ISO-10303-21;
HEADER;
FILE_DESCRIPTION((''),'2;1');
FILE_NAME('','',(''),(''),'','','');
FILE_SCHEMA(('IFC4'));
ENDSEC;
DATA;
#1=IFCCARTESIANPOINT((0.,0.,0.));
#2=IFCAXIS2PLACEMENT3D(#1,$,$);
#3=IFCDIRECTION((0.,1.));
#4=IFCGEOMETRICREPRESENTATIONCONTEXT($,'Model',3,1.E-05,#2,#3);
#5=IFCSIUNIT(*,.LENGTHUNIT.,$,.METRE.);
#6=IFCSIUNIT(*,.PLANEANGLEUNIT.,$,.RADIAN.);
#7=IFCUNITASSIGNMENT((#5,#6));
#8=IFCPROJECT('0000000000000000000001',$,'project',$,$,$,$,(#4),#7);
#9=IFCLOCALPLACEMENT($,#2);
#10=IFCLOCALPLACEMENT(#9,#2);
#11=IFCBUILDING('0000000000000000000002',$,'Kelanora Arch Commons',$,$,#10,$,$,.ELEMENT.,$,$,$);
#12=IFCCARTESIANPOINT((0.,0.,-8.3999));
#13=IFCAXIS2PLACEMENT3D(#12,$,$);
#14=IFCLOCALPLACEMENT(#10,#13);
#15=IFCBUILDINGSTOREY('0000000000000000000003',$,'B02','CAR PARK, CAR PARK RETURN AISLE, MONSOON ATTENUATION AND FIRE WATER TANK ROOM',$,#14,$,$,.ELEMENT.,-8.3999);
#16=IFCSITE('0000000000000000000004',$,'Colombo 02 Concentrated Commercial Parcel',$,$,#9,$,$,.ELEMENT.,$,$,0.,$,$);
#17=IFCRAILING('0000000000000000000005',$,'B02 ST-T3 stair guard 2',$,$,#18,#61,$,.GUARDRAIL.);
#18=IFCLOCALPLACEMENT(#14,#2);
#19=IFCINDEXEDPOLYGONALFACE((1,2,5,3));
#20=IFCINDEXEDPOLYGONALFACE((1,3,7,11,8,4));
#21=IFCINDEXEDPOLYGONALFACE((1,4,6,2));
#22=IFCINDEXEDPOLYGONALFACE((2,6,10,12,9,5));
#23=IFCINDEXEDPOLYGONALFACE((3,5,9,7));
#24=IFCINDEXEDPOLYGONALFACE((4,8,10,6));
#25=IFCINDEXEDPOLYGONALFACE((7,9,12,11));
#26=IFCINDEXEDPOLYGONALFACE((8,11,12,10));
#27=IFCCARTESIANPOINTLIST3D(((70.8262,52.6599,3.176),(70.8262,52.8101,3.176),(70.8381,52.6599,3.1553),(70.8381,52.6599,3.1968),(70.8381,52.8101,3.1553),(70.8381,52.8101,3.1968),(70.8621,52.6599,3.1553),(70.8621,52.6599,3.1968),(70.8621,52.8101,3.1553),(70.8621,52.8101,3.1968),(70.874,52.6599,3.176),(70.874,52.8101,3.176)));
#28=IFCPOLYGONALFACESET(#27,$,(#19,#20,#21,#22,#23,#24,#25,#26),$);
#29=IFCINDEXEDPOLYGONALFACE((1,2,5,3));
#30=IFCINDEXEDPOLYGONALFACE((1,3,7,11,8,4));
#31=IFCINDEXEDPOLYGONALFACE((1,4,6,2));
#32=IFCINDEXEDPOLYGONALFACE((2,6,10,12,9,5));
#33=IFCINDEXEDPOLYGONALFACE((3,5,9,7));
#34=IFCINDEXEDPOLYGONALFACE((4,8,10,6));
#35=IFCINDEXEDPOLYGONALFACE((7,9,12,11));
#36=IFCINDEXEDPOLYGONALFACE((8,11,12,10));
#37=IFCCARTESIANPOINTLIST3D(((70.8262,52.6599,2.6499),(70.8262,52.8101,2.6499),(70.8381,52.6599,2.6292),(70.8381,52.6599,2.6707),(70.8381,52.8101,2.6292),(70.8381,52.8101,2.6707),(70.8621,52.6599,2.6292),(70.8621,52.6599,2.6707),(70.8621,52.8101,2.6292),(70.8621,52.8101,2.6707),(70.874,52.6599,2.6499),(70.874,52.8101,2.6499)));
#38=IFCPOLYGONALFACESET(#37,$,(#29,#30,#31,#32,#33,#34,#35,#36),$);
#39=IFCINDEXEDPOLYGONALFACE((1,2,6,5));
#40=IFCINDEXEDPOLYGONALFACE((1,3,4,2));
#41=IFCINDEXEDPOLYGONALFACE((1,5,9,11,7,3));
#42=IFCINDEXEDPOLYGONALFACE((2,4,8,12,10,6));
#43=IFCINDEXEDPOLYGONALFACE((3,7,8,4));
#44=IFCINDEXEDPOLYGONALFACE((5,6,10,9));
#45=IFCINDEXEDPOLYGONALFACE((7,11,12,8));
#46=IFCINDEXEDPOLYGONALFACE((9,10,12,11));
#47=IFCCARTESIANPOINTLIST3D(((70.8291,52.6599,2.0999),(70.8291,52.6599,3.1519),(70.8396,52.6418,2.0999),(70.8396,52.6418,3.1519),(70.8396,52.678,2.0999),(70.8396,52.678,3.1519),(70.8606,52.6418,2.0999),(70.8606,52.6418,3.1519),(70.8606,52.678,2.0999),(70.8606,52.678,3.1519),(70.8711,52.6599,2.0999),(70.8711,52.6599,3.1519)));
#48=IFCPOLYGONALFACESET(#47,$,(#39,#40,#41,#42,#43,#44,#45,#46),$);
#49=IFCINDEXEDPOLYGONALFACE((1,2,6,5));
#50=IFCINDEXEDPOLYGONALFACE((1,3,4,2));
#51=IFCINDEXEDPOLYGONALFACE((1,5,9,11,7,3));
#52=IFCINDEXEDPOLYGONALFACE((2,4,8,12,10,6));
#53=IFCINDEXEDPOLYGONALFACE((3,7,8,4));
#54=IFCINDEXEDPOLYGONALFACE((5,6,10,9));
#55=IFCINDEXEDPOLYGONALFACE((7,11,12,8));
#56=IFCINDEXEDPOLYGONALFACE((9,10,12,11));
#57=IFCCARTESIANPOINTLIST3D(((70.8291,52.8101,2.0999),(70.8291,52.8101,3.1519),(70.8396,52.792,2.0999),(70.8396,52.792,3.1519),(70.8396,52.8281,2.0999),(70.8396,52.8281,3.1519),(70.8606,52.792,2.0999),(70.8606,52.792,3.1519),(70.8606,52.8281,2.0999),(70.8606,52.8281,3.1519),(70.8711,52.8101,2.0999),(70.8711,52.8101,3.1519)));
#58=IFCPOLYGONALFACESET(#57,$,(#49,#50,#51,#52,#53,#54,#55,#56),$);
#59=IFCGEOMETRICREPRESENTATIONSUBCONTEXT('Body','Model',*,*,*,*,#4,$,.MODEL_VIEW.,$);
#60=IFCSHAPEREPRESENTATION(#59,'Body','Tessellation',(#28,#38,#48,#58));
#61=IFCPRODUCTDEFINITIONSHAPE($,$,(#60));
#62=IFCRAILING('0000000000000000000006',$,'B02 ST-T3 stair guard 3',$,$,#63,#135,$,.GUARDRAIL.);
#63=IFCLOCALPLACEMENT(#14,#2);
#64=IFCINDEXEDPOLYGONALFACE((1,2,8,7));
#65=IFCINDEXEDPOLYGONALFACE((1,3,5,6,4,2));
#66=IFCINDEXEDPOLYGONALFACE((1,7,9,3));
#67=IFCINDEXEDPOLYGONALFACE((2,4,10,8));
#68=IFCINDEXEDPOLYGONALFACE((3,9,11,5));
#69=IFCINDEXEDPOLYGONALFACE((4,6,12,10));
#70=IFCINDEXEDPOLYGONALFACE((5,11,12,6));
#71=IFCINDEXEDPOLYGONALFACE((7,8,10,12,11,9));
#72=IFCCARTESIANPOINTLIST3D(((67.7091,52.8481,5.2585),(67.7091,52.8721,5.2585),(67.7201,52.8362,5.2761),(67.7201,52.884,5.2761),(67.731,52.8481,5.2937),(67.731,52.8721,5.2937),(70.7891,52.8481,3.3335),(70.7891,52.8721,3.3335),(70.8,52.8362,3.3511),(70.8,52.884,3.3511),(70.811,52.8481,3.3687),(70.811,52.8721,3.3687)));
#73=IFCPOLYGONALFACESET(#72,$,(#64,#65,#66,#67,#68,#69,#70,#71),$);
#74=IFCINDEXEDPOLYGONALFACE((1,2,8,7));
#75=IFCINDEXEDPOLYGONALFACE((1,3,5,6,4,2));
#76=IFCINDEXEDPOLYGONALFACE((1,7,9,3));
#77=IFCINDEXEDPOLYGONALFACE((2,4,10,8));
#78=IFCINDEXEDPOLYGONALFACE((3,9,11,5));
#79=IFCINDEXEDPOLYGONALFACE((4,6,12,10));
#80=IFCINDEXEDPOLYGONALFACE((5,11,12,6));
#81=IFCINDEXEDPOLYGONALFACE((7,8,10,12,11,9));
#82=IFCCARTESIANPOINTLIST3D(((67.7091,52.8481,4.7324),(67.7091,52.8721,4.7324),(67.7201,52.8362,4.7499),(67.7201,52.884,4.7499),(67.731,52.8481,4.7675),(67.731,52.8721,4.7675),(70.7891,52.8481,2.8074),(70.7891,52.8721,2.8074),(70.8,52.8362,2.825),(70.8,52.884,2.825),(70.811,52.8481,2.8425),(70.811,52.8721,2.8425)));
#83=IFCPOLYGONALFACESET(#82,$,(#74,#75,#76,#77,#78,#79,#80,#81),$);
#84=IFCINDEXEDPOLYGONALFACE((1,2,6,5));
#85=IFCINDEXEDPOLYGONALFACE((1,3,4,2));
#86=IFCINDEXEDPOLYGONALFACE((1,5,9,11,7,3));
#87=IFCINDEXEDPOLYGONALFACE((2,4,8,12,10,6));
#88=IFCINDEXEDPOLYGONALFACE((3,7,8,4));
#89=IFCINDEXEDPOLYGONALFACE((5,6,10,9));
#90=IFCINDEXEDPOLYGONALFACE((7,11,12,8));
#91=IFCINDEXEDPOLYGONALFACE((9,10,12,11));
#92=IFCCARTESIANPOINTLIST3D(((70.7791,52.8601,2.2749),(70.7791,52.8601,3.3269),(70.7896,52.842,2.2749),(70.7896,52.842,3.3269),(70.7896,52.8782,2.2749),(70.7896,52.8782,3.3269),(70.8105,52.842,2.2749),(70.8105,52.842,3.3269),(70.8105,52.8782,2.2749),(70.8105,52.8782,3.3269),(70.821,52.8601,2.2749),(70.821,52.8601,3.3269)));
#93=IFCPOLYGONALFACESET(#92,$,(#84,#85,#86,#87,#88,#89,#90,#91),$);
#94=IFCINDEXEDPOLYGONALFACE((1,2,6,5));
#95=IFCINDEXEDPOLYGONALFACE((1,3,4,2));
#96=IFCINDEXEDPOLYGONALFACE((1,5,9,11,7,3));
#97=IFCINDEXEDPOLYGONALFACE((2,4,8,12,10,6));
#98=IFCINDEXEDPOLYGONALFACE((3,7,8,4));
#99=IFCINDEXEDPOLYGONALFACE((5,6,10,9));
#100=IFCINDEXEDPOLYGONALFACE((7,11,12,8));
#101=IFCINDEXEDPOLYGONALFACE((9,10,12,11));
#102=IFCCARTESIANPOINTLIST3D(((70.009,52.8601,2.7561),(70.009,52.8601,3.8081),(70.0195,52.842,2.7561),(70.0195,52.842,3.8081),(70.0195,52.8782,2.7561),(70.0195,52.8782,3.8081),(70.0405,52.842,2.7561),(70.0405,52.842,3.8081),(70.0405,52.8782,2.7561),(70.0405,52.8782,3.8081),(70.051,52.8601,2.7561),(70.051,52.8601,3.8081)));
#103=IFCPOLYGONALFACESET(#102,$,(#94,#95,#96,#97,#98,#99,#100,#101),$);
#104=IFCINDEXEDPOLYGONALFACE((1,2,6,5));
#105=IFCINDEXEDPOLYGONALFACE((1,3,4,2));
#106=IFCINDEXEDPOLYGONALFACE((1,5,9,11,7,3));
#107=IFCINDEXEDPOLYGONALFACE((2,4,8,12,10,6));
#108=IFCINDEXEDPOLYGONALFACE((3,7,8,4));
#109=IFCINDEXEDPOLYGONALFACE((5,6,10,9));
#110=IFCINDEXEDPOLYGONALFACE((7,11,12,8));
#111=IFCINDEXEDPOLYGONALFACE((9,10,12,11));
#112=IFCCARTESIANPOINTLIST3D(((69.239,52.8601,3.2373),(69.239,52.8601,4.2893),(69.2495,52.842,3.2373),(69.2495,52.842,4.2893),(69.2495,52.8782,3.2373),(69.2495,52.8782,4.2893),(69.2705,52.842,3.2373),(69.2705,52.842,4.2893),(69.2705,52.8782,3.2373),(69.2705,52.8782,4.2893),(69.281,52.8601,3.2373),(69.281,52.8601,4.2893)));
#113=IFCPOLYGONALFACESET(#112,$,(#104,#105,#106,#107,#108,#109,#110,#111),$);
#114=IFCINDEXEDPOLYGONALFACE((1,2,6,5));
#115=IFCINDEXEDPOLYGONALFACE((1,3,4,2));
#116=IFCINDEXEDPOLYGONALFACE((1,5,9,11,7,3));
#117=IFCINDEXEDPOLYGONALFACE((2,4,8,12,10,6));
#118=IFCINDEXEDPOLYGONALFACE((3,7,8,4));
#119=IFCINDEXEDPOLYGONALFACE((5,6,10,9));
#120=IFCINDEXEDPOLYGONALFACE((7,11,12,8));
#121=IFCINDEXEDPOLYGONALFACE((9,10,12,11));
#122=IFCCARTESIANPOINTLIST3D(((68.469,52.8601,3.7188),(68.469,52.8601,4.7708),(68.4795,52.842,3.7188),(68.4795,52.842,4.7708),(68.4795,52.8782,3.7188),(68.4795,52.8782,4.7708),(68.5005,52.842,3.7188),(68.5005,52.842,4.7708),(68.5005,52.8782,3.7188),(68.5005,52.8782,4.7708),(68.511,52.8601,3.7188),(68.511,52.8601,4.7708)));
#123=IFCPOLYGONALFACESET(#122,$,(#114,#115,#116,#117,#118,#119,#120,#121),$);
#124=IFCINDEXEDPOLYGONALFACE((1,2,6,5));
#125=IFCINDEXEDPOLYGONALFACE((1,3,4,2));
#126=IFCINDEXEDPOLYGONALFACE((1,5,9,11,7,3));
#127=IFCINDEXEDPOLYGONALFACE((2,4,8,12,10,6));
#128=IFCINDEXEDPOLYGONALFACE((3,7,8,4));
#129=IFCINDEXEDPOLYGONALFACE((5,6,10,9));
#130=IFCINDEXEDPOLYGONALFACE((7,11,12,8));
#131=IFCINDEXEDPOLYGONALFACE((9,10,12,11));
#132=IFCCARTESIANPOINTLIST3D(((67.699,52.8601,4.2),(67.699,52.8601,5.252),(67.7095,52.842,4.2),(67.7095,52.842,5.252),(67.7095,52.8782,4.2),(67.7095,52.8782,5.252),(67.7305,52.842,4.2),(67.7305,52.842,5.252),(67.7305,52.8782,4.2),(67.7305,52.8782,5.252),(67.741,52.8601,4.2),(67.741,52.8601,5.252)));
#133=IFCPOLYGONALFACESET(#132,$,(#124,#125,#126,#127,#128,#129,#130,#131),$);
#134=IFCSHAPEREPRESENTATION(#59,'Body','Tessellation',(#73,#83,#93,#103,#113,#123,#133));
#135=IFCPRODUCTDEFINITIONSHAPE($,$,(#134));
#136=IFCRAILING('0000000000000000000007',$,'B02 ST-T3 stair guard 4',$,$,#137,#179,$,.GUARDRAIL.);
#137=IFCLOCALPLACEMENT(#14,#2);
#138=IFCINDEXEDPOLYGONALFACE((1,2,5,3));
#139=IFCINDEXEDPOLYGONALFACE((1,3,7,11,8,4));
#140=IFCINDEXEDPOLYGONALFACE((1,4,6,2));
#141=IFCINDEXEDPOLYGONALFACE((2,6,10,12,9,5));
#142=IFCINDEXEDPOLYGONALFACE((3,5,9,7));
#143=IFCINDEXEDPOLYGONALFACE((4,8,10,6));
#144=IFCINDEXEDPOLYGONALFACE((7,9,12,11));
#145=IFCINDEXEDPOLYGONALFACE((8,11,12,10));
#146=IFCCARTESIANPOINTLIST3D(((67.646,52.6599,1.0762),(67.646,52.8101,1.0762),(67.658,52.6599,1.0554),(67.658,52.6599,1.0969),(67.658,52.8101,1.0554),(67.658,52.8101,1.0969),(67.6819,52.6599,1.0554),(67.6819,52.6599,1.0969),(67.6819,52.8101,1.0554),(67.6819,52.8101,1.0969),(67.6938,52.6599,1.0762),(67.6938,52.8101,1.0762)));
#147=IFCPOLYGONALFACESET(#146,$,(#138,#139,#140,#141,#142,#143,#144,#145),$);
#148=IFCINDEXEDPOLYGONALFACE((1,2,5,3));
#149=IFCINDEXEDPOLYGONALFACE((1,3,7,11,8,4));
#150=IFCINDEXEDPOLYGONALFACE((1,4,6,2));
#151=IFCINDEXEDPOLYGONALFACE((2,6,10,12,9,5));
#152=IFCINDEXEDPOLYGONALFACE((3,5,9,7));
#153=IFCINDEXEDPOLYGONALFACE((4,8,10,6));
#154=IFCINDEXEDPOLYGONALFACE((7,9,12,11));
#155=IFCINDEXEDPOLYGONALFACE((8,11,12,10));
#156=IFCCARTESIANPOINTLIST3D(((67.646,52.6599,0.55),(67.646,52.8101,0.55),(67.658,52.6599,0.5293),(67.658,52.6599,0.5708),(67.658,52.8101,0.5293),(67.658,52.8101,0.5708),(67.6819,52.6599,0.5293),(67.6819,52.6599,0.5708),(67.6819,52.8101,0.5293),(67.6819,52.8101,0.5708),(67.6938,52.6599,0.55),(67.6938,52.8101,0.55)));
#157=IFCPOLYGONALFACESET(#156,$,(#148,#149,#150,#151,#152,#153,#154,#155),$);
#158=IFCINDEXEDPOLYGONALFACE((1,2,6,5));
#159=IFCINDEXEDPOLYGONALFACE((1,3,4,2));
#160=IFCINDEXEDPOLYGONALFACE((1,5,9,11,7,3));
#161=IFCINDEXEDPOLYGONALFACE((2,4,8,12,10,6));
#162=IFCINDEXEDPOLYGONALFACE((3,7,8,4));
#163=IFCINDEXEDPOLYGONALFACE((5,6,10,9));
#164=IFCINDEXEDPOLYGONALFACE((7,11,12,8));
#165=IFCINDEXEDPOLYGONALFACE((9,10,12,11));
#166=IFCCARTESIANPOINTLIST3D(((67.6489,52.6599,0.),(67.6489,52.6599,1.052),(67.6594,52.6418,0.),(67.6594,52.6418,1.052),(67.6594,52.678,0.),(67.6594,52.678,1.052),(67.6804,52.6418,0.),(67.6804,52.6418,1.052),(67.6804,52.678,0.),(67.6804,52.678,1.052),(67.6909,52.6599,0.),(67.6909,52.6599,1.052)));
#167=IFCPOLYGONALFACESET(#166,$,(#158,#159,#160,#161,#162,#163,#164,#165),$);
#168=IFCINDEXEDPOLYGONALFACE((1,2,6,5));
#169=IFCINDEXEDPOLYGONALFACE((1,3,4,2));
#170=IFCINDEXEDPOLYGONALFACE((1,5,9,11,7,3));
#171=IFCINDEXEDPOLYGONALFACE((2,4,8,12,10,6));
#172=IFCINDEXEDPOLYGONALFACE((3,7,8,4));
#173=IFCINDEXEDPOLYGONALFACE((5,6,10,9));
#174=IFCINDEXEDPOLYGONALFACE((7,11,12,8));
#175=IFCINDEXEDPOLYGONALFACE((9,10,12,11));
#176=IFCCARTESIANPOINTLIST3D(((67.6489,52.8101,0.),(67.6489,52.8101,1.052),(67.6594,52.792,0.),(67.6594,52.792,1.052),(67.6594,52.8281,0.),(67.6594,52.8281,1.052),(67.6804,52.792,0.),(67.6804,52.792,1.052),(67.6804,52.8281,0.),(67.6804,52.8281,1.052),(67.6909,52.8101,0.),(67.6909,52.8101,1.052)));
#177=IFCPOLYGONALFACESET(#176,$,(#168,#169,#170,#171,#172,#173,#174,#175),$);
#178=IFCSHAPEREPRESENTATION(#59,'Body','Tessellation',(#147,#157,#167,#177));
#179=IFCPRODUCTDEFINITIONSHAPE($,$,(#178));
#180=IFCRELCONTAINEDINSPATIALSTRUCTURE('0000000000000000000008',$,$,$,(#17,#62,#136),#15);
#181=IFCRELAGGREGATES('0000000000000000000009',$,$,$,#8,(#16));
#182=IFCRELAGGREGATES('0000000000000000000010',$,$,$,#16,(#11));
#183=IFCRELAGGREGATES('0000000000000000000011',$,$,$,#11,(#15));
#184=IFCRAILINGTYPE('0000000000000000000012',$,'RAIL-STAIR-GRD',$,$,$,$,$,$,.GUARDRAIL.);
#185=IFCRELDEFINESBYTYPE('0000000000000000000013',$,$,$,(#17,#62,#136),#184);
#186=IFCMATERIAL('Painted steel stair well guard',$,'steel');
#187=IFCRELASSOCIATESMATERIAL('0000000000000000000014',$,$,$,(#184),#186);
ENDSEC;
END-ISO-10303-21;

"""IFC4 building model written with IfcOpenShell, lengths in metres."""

from ifc_helpers import new_model, si_unit, direction, frame, origin, place, context, subcontext, project, spatial, polyline, outline, extrude, material, type_object, element, save


model = new_model("IFC4")

# Units and contexts
model_context = context("Model", 3, precision=1e-05, world=origin(), true_north=direction((0.0, 1.0)))
body_context = subcontext(model_context, "Body", "Model", "MODEL_VIEW")
ifc_project = project(units=[si_unit("LENGTHUNIT", "METRE"), si_unit("PLANEANGLEUNIT", "RADIAN")], contexts=[model_context])

# Site, building, storey
site_placement = place(None, origin())
site = spatial("IfcSite", under=ifc_project, at=site_placement, Name="Colombo 02 Concentrated Commercial Parcel", CompositionType="ELEMENT", RefElevation=0.0)
building_placement = place(site_placement, origin())
building = spatial("IfcBuilding", under=site, at=building_placement, Name="Kelanora Arch Commons", CompositionType="ELEMENT")
storey_placement = place(building_placement, frame((0.0, 0.0, -8.3999)))
storey = spatial("IfcBuildingStorey", under=building, at=storey_placement, Name="B02", Description="CAR PARK, CAR PARK RETURN AISLE, MONSOON ATTENUATION AND FIRE WATER TANK ROOM", CompositionType="ELEMENT", Elevation=-8.3999)

# Railings
ifc_material_1 = material(Name="Painted steel stair well guard", Category="steel")
railing_type_1 = type_object("IfcRailingType", Name="RAIL-STAIR-GRD", PredefinedType="GUARDRAIL", material=ifc_material_1)
railing_1_placement = place(storey_placement, frame((70.8501, 52.6599, 2.0999)))
element("IfcRailing", 1, at=railing_1_placement, inside=storey, type_object=railing_type_1, Name="B02 ST-T3 stair guard 2", PredefinedType="GUARDRAIL", context=body_context, shape_type="SweptSolid", body=[
    extrude(outline(polyline([(0.0239, 0.0), (0.012, 0.0208), (-0.012, 0.0208), (-0.0239, 0.0), (-0.012, -0.0208), (0.012, -0.0208), (0.0239, 0.0)])), frame((0.0, 0.0, 1.0762), z_axis=(0.0, 1.0, 0.0), x_axis=(-1.0, 0.0, 0.0)), (0.0, 0.0, 1.0), 0.1501),
    extrude(outline(polyline([(0.0239, 0.0), (0.012, 0.0208), (-0.012, 0.0208), (-0.0239, 0.0), (-0.012, -0.0208), (0.012, -0.0208), (0.0239, 0.0)])), frame((0.0, 0.0, 0.55), z_axis=(0.0, 1.0, 0.0), x_axis=(-1.0, 0.0, 0.0)), (0.0, 0.0, 1.0), 0.1501),
    extrude(outline(polyline([(0.021, 0.0), (0.0105, 0.0181), (-0.0105, 0.0181), (-0.021, 0.0), (-0.0105, -0.0181), (0.0105, -0.0181), (0.021, 0.0)])), origin(), (0.0, 0.0, 1.0), 1.052),
    extrude(outline(polyline([(0.021, 0.0), (0.0105, 0.0181), (-0.0105, 0.0181), (-0.021, 0.0), (-0.0105, -0.0181), (0.0105, -0.0181), (0.021, 0.0)])), frame((0.0, 0.1501, 0.0)), (0.0, 0.0, 1.0), 1.052),
])
railing_2_placement = place(storey_placement, frame((70.8, 52.8601, 2.2749)))
element("IfcRailing", 2, at=railing_2_placement, inside=storey, type_object=railing_type_1, Name="B02 ST-T3 stair guard 3", PredefinedType="GUARDRAIL", context=body_context, shape_type="SweptSolid", body=[
    extrude(outline(polyline([(0.0239, 0.0), (0.012, 0.0208), (-0.012, 0.0208), (-0.0239, 0.0), (-0.012, -0.0208), (0.012, -0.0208), (0.0239, 0.0)])), frame((0.0, 0.0, 1.0762), z_axis=(-0.847998, 0.0, 0.529999), x_axis=(0.0, -1.0, 0.0)), (0.0, 0.0, 1.0), 3.6321),
    extrude(outline(polyline([(0.0239, 0.0), (0.012, 0.0208), (-0.012, 0.0208), (-0.0239, 0.0), (-0.012, -0.0208), (0.012, -0.0208), (0.0239, 0.0)])), frame((0.0, 0.0, 0.55), z_axis=(-0.847998, 0.0, 0.529999), x_axis=(0.0, -1.0, 0.0)), (0.0, 0.0, 1.0), 3.6321),
    extrude(outline(polyline([(0.021, 0.0), (0.0105, 0.0181), (-0.0105, 0.0181), (-0.021, 0.0), (-0.0105, -0.0181), (0.0105, -0.0181), (0.021, 0.0)])), origin(), (0.0, 0.0, 1.0), 1.052),
    extrude(outline(polyline([(0.021, 0.0), (0.0105, 0.0181), (-0.0105, 0.0181), (-0.021, 0.0), (-0.0105, -0.0181), (0.0105, -0.0181), (0.021, 0.0)])), frame((-0.77, 0.0, 0.4812)), (0.0, 0.0, 1.0), 1.052),
    extrude(outline(polyline([(0.021, 0.0), (0.0105, 0.0181), (-0.0105, 0.0181), (-0.021, 0.0), (-0.0105, -0.0181), (0.0105, -0.0181), (0.021, 0.0)])), frame((-1.54, 0.0, 0.9624)), (0.0, 0.0, 1.0), 1.052),
    extrude(outline(polyline([(0.021, 0.0), (0.0105, 0.0181), (-0.0105, 0.0181), (-0.021, 0.0), (-0.0105, -0.0181), (0.0105, -0.0181), (0.021, 0.0)])), frame((-2.3101, 0.0, 1.4438)), (0.0, 0.0, 1.0), 1.052),
    extrude(outline(polyline([(0.021, 0.0), (0.0105, 0.0181), (-0.0105, 0.0181), (-0.021, 0.0), (-0.0105, -0.0181), (0.0105, -0.0181), (0.021, 0.0)])), frame((-3.0801, 0.0, 1.925)), (0.0, 0.0, 1.0), 1.052),
])
railing_3_placement = place(storey_placement, frame((67.6699, 52.6599, 0.0)))
element("IfcRailing", 3, at=railing_3_placement, inside=storey, type_object=railing_type_1, Name="B02 ST-T3 stair guard 4", PredefinedType="GUARDRAIL", context=body_context, shape_type="SweptSolid", body=[
    extrude(outline(polyline([(0.0239, 0.0), (0.012, 0.0208), (-0.012, 0.0208), (-0.0239, 0.0), (-0.012, -0.0208), (0.012, -0.0208), (0.0239, 0.0)])), frame((0.0, 0.0, 1.0762), z_axis=(0.0, 1.0, 0.0), x_axis=(-1.0, 0.0, 0.0)), (0.0, 0.0, 1.0), 0.1501),
    extrude(outline(polyline([(0.0239, 0.0), (0.012, 0.0208), (-0.012, 0.0208), (-0.0239, 0.0), (-0.012, -0.0208), (0.012, -0.0208), (0.0239, 0.0)])), frame((0.0, 0.0, 0.55), z_axis=(0.0, 1.0, 0.0), x_axis=(-1.0, 0.0, 0.0)), (0.0, 0.0, 1.0), 0.1501),
    extrude(outline(polyline([(0.021, 0.0), (0.0105, 0.0181), (-0.0105, 0.0181), (-0.021, 0.0), (-0.0105, -0.0181), (0.0105, -0.0181), (0.021, 0.0)])), origin(), (0.0, 0.0, 1.0), 1.052),
    extrude(outline(polyline([(0.021, 0.0), (0.0105, 0.0181), (-0.0105, 0.0181), (-0.021, 0.0), (-0.0105, -0.0181), (0.0105, -0.0181), (0.021, 0.0)])), frame((0.0, 0.1501, 0.0)), (0.0, 0.0, 1.0), 1.052),
])

save(model, "model.ifc")
